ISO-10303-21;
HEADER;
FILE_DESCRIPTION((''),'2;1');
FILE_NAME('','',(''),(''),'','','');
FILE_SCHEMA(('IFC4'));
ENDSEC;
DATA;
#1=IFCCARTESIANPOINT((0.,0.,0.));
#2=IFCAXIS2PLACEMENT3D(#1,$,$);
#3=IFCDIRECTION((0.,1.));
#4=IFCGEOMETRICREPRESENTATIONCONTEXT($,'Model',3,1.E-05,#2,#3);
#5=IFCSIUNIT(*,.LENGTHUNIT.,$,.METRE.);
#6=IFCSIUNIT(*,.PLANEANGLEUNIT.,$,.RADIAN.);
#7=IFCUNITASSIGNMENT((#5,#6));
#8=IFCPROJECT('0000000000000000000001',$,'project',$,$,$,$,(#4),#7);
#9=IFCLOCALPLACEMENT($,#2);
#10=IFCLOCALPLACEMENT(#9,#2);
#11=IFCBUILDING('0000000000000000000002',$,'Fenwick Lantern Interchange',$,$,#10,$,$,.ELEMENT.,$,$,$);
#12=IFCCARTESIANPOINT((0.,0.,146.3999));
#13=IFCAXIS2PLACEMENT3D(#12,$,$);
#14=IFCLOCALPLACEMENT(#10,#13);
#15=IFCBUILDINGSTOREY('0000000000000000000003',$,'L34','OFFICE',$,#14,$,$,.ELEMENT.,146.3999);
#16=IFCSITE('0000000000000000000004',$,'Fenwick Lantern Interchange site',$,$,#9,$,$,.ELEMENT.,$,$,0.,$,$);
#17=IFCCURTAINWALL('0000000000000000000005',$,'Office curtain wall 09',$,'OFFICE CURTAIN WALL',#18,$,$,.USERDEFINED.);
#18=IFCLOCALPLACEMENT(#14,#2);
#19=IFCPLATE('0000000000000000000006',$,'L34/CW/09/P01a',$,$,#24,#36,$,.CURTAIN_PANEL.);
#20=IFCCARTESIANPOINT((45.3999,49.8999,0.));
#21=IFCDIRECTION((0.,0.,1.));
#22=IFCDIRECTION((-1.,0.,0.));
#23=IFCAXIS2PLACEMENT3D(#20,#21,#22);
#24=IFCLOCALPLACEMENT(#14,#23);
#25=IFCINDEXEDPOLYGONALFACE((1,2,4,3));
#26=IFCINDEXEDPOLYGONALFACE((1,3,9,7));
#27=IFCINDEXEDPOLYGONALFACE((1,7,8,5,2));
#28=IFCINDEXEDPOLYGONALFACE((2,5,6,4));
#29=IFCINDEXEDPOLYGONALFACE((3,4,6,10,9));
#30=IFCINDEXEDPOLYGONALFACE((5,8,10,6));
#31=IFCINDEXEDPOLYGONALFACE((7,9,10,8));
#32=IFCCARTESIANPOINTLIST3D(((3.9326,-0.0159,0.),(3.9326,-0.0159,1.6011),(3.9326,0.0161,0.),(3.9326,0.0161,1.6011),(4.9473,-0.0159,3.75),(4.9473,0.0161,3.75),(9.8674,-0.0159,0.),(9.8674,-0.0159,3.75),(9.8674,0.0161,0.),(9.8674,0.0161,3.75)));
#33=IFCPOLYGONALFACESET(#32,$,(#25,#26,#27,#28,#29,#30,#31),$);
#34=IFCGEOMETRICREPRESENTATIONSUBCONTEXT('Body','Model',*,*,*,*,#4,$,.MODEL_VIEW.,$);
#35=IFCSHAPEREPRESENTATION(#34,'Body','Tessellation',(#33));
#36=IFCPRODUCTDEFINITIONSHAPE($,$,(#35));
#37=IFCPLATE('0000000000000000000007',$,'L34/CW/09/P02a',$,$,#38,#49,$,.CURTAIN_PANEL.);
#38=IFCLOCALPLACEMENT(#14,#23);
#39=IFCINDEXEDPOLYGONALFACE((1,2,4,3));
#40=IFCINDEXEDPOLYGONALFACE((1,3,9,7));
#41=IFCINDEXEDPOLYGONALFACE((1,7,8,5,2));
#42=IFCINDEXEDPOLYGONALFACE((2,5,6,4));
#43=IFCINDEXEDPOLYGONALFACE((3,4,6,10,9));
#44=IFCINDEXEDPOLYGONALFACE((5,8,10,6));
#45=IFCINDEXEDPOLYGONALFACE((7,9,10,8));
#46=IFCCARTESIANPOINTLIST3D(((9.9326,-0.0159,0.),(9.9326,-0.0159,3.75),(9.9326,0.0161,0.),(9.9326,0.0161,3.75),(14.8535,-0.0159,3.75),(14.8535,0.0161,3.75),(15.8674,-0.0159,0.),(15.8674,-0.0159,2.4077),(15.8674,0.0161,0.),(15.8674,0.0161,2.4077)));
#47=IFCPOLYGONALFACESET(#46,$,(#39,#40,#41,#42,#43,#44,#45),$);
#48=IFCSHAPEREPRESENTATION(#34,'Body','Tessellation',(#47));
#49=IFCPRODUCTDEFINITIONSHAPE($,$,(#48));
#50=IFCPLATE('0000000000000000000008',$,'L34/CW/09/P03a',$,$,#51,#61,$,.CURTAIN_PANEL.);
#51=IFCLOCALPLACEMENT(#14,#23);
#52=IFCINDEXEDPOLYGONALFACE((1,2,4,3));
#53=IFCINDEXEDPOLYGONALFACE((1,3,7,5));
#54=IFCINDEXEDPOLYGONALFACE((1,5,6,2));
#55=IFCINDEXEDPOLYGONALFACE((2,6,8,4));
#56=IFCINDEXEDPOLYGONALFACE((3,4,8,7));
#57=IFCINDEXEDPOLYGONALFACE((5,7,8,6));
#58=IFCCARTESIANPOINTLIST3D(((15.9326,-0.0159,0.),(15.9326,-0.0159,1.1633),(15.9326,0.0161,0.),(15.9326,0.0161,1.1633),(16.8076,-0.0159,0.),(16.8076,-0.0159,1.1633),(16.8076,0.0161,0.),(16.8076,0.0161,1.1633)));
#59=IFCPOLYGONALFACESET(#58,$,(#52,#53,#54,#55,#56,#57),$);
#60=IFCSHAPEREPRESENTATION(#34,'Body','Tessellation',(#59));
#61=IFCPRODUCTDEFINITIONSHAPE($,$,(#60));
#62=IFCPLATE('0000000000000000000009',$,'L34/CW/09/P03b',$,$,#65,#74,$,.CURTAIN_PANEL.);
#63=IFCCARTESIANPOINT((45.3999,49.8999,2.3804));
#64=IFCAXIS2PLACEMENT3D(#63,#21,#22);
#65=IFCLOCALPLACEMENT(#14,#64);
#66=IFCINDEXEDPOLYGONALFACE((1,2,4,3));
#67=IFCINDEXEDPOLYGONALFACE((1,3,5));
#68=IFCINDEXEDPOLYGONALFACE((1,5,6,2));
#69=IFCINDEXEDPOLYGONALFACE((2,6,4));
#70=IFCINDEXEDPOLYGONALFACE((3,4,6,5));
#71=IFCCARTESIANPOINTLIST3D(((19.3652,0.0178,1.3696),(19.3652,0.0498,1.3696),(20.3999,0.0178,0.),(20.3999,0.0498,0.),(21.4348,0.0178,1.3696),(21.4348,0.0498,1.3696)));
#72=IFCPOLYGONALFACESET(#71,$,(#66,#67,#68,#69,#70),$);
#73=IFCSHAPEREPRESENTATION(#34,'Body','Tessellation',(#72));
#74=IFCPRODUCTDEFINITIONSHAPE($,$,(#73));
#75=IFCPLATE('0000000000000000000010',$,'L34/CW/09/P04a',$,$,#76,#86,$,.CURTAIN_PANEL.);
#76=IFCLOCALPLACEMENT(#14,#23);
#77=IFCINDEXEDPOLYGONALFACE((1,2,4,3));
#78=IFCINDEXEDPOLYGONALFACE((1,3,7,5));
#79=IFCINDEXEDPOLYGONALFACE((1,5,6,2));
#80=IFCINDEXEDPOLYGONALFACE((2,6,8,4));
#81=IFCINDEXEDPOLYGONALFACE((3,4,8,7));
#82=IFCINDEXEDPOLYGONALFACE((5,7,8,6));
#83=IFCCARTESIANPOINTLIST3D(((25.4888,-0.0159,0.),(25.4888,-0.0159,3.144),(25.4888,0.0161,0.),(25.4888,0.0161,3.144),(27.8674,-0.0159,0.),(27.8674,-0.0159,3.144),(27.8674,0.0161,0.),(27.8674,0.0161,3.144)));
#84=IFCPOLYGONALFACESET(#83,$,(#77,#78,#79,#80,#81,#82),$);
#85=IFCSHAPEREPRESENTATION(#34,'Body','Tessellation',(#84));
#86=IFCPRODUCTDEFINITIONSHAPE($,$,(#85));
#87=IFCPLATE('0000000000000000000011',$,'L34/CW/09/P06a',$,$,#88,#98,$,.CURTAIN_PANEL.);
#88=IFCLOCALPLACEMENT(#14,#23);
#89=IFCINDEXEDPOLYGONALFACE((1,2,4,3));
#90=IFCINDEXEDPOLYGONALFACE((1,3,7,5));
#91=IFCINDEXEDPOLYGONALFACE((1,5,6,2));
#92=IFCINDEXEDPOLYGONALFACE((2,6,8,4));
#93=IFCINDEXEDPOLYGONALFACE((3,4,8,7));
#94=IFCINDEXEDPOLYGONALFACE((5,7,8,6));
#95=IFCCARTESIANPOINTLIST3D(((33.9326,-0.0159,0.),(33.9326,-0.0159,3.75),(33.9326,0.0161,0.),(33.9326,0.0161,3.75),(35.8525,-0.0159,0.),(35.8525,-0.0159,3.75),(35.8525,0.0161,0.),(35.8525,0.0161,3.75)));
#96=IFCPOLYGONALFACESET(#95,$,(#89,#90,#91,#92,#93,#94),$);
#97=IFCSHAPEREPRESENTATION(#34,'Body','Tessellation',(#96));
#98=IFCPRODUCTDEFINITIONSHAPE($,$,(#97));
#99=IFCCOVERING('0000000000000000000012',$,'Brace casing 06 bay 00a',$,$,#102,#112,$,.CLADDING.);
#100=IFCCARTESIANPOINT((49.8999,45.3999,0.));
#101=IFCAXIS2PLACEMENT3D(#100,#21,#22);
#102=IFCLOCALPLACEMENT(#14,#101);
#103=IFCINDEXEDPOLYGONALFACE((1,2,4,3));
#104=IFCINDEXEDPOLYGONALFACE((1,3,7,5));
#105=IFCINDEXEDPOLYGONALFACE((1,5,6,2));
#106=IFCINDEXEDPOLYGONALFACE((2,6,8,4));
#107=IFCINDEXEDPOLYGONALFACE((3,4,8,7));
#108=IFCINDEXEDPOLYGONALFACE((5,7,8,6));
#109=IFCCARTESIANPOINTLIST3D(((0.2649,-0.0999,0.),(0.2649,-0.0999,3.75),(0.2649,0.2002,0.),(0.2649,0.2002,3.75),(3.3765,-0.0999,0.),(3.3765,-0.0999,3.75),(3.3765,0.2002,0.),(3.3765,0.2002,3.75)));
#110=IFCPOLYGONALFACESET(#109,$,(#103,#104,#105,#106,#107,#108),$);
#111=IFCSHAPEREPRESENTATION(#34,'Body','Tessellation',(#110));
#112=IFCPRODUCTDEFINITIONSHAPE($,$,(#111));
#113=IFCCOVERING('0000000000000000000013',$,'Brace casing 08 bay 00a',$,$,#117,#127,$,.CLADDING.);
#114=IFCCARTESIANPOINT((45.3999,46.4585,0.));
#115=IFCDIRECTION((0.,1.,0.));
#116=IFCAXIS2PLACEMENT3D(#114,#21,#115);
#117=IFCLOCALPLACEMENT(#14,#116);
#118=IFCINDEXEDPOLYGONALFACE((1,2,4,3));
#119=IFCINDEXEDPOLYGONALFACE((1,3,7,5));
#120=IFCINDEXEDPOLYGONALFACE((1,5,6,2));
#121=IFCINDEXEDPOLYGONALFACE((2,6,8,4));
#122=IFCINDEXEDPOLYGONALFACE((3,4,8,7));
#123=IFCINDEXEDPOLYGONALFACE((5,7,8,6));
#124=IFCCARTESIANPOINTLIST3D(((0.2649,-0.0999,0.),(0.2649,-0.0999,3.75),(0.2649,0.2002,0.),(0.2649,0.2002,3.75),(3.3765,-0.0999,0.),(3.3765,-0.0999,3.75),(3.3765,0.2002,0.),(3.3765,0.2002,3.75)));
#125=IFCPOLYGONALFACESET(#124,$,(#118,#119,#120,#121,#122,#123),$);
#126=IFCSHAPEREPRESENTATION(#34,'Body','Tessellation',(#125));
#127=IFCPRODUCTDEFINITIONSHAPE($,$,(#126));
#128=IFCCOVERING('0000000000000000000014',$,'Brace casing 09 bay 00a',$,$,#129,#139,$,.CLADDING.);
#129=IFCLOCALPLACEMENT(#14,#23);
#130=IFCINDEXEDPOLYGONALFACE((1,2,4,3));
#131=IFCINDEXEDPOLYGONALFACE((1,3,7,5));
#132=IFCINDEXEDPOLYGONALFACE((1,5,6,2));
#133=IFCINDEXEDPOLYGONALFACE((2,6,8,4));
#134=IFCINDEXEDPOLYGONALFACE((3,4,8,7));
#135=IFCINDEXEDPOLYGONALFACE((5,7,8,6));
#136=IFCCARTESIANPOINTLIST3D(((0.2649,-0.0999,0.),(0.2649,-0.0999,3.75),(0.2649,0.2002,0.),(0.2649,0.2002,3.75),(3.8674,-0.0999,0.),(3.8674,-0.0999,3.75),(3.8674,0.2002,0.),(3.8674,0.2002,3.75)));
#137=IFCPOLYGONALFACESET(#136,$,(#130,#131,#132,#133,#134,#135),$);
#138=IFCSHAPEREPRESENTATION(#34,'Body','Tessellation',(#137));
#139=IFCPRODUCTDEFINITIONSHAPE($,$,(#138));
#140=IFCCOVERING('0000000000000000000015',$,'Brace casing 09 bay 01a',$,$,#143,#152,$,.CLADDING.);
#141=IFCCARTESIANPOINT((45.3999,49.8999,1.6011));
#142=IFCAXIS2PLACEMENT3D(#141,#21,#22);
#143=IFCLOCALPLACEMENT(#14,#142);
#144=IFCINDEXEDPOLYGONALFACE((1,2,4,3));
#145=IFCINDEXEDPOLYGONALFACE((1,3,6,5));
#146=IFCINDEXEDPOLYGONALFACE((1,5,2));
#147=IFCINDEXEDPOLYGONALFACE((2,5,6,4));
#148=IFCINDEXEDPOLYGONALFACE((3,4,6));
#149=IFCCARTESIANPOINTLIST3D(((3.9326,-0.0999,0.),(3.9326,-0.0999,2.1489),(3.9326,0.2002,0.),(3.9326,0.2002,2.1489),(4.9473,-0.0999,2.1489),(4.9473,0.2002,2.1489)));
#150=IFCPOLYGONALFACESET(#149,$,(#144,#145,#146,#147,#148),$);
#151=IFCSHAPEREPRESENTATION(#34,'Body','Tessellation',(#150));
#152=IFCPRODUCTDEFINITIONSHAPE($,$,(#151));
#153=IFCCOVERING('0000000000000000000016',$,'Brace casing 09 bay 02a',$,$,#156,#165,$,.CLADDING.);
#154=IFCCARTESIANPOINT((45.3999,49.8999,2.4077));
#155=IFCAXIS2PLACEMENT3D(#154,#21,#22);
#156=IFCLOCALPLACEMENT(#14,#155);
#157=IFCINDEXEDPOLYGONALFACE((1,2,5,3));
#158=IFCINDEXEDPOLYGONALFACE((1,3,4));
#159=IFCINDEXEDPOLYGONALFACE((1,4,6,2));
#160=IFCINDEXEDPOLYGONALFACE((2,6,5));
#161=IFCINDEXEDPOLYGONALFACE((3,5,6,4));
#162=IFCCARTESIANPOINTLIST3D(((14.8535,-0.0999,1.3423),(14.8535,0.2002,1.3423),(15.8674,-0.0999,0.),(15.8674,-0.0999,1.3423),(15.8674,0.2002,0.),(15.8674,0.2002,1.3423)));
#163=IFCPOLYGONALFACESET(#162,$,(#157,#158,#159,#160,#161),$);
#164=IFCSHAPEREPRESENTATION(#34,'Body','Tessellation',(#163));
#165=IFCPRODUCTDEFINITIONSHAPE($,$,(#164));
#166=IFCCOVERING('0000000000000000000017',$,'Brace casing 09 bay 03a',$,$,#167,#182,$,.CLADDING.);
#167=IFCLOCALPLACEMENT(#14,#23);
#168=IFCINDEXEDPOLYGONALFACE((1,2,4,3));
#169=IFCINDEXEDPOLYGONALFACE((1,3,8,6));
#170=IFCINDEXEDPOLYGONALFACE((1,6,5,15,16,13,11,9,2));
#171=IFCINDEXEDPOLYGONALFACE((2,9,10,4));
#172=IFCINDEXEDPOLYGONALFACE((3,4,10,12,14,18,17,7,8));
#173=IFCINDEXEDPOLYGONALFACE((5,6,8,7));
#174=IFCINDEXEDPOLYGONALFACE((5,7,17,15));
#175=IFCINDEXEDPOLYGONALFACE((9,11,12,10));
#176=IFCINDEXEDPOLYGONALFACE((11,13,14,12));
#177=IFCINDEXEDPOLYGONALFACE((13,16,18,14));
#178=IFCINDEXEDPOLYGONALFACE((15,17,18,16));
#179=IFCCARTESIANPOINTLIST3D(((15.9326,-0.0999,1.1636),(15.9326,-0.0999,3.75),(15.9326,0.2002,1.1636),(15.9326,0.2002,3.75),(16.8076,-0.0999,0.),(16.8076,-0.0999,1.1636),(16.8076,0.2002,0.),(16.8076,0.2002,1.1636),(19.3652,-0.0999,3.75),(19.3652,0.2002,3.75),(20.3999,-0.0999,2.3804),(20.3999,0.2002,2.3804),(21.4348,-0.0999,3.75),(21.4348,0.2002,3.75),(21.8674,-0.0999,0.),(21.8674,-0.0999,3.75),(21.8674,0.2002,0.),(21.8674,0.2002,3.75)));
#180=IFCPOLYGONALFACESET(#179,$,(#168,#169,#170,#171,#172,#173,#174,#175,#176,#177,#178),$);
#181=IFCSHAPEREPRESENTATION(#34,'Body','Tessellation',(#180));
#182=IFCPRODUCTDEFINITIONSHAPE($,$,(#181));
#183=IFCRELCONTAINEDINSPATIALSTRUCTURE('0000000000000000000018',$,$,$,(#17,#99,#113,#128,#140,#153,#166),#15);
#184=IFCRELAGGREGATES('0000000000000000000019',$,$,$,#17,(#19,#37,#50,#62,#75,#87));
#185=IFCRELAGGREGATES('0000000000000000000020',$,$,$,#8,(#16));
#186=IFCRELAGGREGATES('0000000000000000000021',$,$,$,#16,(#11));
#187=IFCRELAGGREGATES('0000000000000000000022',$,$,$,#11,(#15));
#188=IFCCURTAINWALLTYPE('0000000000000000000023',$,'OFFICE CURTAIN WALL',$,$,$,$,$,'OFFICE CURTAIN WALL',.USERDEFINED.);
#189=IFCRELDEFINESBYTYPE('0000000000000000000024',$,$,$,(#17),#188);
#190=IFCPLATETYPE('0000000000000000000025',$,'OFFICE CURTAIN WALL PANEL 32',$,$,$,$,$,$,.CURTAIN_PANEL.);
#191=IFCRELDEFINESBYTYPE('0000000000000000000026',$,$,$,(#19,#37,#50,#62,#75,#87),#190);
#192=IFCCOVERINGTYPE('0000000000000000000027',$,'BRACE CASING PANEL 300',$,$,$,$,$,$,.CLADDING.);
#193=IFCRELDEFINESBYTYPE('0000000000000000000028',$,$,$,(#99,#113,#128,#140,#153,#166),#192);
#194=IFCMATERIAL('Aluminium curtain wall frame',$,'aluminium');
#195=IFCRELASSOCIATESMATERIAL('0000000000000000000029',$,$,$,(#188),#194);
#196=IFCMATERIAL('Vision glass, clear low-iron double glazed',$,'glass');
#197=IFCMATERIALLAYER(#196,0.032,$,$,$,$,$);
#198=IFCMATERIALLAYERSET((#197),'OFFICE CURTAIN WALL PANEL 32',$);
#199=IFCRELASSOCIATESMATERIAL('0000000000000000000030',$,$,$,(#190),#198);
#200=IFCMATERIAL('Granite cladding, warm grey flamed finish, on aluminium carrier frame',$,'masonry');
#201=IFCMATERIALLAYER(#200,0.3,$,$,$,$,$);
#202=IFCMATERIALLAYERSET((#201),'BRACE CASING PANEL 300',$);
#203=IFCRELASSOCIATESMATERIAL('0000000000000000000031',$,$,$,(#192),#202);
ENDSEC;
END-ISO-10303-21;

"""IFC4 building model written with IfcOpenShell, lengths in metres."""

from ifc_helpers import new_model, si_unit, direction, frame, origin, place, context, subcontext, project, spatial, polyline, outline, extrude, material, layer, layer_set, type_object, element, aggregate, save


model = new_model("IFC4")

# Units and contexts
model_context = context("Model", 3, precision=1e-05, world=origin(), true_north=direction((0.0, 1.0)))
body_context = subcontext(model_context, "Body", "Model", "MODEL_VIEW")
ifc_project = project(units=[si_unit("LENGTHUNIT", "METRE"), si_unit("PLANEANGLEUNIT", "RADIAN")], contexts=[model_context])

# Site, building, storey
site_placement = place(None, origin())
site = spatial("IfcSite", under=ifc_project, at=site_placement, Name="Fenwick Lantern Interchange site", CompositionType="ELEMENT", RefElevation=0.0)
building_placement = place(site_placement, origin())
building = spatial("IfcBuilding", under=site, at=building_placement, Name="Fenwick Lantern Interchange", CompositionType="ELEMENT")
storey_placement = place(building_placement, frame((0.0, 0.0, 146.3999)))
storey = spatial("IfcBuildingStorey", under=building, at=storey_placement, Name="L34", Description="OFFICE", CompositionType="ELEMENT", Elevation=146.3999)

# Shared definitions
ifc_material_1 = material(Name="Aluminium curtain wall frame", Category="aluminium")
curtain_wall_type = type_object("IfcCurtainWallType", Name="OFFICE CURTAIN WALL", ElementType="OFFICE CURTAIN WALL", PredefinedType="USERDEFINED", material=ifc_material_1)

# Curtain wall
curtain_wall_1_placement = place(storey_placement, origin())
curtain_wall_1 = element("IfcCurtainWall", 1, at=curtain_wall_1_placement, inside=storey, type_object=curtain_wall_type, Name="Office curtain wall 09", ObjectType="OFFICE CURTAIN WALL", PredefinedType="USERDEFINED")

# Plates
ifc_material_2 = material(Name="Vision glass, clear low-iron double glazed", Category="glass")
ifc_layer_1 = layer(ifc_material_2, 0.032)
ifc_layer_set_1 = layer_set([ifc_layer_1], Name="OFFICE CURTAIN WALL PANEL 32")
plate_type = type_object("IfcPlateType", Name="OFFICE CURTAIN WALL PANEL 32", PredefinedType="CURTAIN_PANEL", material=ifc_layer_set_1)
plate_1_placement = place(storey_placement, frame((45.3999, 49.8999, 0.0), z_axis=(0.0, 0.0, 1.0), x_axis=(-1.0, 0.0, 0.0)))
plate_1 = element("IfcPlate", 2, at=plate_1_placement, type_object=plate_type, Name="L34/CW/09/P01a", PredefinedType="CURTAIN_PANEL", context=body_context, shape_type="SweptSolid", body=[
    extrude(outline(polyline([(3.9326, 0.0), (9.8674, 0.0), (9.8674, 3.75), (4.9473, 3.75), (3.9326, 1.6011), (3.9326, 0.0)])), frame((0.0, 0.0161, 0.0), z_axis=(0.0, -1.0, 0.0), x_axis=(1.0, 0.0, 0.0)), (0.0, 0.0, 1.0), 0.032),
])
plate_2_placement = place(storey_placement, frame((45.3999, 49.8999, 0.0), z_axis=(0.0, 0.0, 1.0), x_axis=(-1.0, 0.0, 0.0)))
plate_2 = element("IfcPlate", 3, at=plate_2_placement, type_object=plate_type, Name="L34/CW/09/P02a", PredefinedType="CURTAIN_PANEL", context=body_context, shape_type="SweptSolid", body=[
    extrude(outline(polyline([(9.9326, 0.0), (15.8674, 0.0), (15.8674, 2.4077), (14.8535, 3.75), (9.9326, 3.75), (9.9326, 0.0)])), frame((0.0, 0.0161, 0.0), z_axis=(0.0, -1.0, 0.0), x_axis=(1.0, 0.0, 0.0)), (0.0, 0.0, 1.0), 0.032),
])
plate_3_placement = place(storey_placement, frame((45.3999, 49.8999, 0.0), z_axis=(0.0, 0.0, 1.0), x_axis=(-1.0, 0.0, 0.0)))
plate_3 = element("IfcPlate", 4, at=plate_3_placement, type_object=plate_type, Name="L34/CW/09/P03a", PredefinedType="CURTAIN_PANEL", context=body_context, shape_type="SweptSolid", body=[
    extrude(outline(polyline([(15.9326, 0.0), (16.8076, 0.0), (16.8076, 1.1633), (15.9326, 1.1633), (15.9326, 0.0)])), frame((0.0, 0.0161, 0.0), z_axis=(0.0, -1.0, 0.0), x_axis=(1.0, 0.0, 0.0)), (0.0, 0.0, 1.0), 0.032),
])
plate_4_placement = place(storey_placement, frame((45.3999, 49.8999, 2.3804), z_axis=(0.0, 0.0, 1.0), x_axis=(-1.0, 0.0, 0.0)))
plate_4 = element("IfcPlate", 5, at=plate_4_placement, type_object=plate_type, Name="L34/CW/09/P03b", PredefinedType="CURTAIN_PANEL", context=body_context, shape_type="SweptSolid", body=[
    extrude(outline(polyline([(20.3999, 0.0), (21.4348, 1.3696), (19.3652, 1.3696), (20.3999, 0.0)])), frame((0.0, 0.0498, 0.0), z_axis=(0.0, -1.0, 0.0), x_axis=(1.0, 0.0, 0.0)), (0.0, 0.0, 1.0), 0.032),
])
plate_5_placement = place(storey_placement, frame((45.3999, 49.8999, 0.0), z_axis=(0.0, 0.0, 1.0), x_axis=(-1.0, 0.0, 0.0)))
plate_5 = element("IfcPlate", 6, at=plate_5_placement, type_object=plate_type, Name="L34/CW/09/P04a", PredefinedType="CURTAIN_PANEL", context=body_context, shape_type="SweptSolid", body=[
    extrude(outline(polyline([(25.4888, 0.0), (27.8674, 0.0), (27.8674, 3.144), (25.4888, 3.144), (25.4888, 0.0)])), frame((0.0, 0.0161, 0.0), z_axis=(0.0, -1.0, 0.0), x_axis=(1.0, 0.0, 0.0)), (0.0, 0.0, 1.0), 0.032),
])
plate_6_placement = place(storey_placement, frame((45.3999, 49.8999, 0.0), z_axis=(0.0, 0.0, 1.0), x_axis=(-1.0, 0.0, 0.0)))
plate_6 = element("IfcPlate", 7, at=plate_6_placement, type_object=plate_type, Name="L34/CW/09/P06a", PredefinedType="CURTAIN_PANEL", context=body_context, shape_type="SweptSolid", body=[
    extrude(outline(polyline([(33.9326, 0.0), (35.8525, 0.0), (35.8525, 3.75), (33.9326, 3.75), (33.9326, 0.0)])), frame((0.0, 0.0161, 0.0), z_axis=(0.0, -1.0, 0.0), x_axis=(1.0, 0.0, 0.0)), (0.0, 0.0, 1.0), 0.032),
])
aggregate(curtain_wall_1, [plate_1, plate_2, plate_3, plate_4, plate_5, plate_6])

# Coverings
ifc_material_3 = material(Name="Granite cladding, warm grey flamed finish, on aluminium carrier frame", Category="masonry")
ifc_layer_2 = layer(ifc_material_3, 0.3)
ifc_layer_set_2 = layer_set([ifc_layer_2], Name="BRACE CASING PANEL 300")
covering_type = type_object("IfcCoveringType", Name="BRACE CASING PANEL 300", PredefinedType="CLADDING", material=ifc_layer_set_2)
for number, where, z_axis, x_axis, name in (
    (8, (49.8999, 45.3999, 0.0), (0.0, 0.0, 1.0), (-1.0, 0.0, 0.0), "Brace casing 06 bay 00a"),
    (9, (45.3999, 46.4585, 0.0), (0.0, 0.0, 1.0), (0.0, 1.0, 0.0), "Brace casing 08 bay 00a"),
):
    element("IfcCovering", number, at=place(storey_placement, frame(where, z_axis=z_axis, x_axis=x_axis)), inside=storey, type_object=covering_type, Name=name, PredefinedType="CLADDING", context=body_context, shape_type="SweptSolid", body=[
        extrude(outline(polyline([(0.2649, 0.0), (3.3765, 0.0), (3.3765, 3.75), (0.2649, 3.75), (0.2649, 0.0)])), frame((0.0, 0.2002, 0.0), z_axis=(0.0, -1.0, 0.0), x_axis=(1.0, 0.0, 0.0)), (0.0, 0.0, 1.0), 0.3),
    ])
covering_1_placement = place(storey_placement, frame((45.3999, 49.8999, 0.0), z_axis=(0.0, 0.0, 1.0), x_axis=(-1.0, 0.0, 0.0)))
element("IfcCovering", 10, at=covering_1_placement, inside=storey, type_object=covering_type, Name="Brace casing 09 bay 00a", PredefinedType="CLADDING", context=body_context, shape_type="SweptSolid", body=[
    extrude(outline(polyline([(0.2649, 0.0), (3.8674, 0.0), (3.8674, 3.75), (0.2649, 3.75), (0.2649, 0.0)])), frame((0.0, 0.2002, 0.0), z_axis=(0.0, -1.0, 0.0), x_axis=(1.0, 0.0, 0.0)), (0.0, 0.0, 1.0), 0.3),
])
covering_2_placement = place(storey_placement, frame((45.3999, 49.8999, 1.6011), z_axis=(0.0, 0.0, 1.0), x_axis=(-1.0, 0.0, 0.0)))
element("IfcCovering", 11, at=covering_2_placement, inside=storey, type_object=covering_type, Name="Brace casing 09 bay 01a", PredefinedType="CLADDING", context=body_context, shape_type="SweptSolid", body=[
    extrude(outline(polyline([(3.9326, 0.0), (4.9473, 2.1489), (3.9326, 2.1489), (3.9326, 0.0)])), frame((0.0, 0.2002, 0.0), z_axis=(0.0, -1.0, 0.0), x_axis=(1.0, 0.0, 0.0)), (0.0, 0.0, 1.0), 0.3),
])
covering_3_placement = place(storey_placement, frame((45.3999, 49.8999, 2.4077), z_axis=(0.0, 0.0, 1.0), x_axis=(-1.0, 0.0, 0.0)))
element("IfcCovering", 12, at=covering_3_placement, inside=storey, type_object=covering_type, Name="Brace casing 09 bay 02a", PredefinedType="CLADDING", context=body_context, shape_type="SweptSolid", body=[
    extrude(outline(polyline([(15.8674, 0.0), (15.8674, 1.3423), (14.8535, 1.3423), (15.8674, 0.0)])), frame((0.0, 0.2002, 0.0), z_axis=(0.0, -1.0, 0.0), x_axis=(1.0, 0.0, 0.0)), (0.0, 0.0, 1.0), 0.3),
])
covering_4_placement = place(storey_placement, frame((45.3999, 49.8999, 0.0), z_axis=(0.0, 0.0, 1.0), x_axis=(-1.0, 0.0, 0.0)))
element("IfcCovering", 13, at=covering_4_placement, inside=storey, type_object=covering_type, Name="Brace casing 09 bay 03a", PredefinedType="CLADDING", context=body_context, shape_type="SweptSolid", body=[
    extrude(outline(polyline([(16.8076, 0.0), (21.8674, 0.0), (21.8674, 3.75), (21.4348, 3.75), (20.3999, 2.3804), (19.3652, 3.75), (15.9326, 3.75), (15.9326, 1.1636), (16.8076, 1.1636), (16.8076, 0.0)])), frame((0.0, 0.2002, 0.0), z_axis=(0.0, -1.0, 0.0), x_axis=(1.0, 0.0, 0.0)), (0.0, 0.0, 1.0), 0.3),
])

save(model, "model.ifc")
